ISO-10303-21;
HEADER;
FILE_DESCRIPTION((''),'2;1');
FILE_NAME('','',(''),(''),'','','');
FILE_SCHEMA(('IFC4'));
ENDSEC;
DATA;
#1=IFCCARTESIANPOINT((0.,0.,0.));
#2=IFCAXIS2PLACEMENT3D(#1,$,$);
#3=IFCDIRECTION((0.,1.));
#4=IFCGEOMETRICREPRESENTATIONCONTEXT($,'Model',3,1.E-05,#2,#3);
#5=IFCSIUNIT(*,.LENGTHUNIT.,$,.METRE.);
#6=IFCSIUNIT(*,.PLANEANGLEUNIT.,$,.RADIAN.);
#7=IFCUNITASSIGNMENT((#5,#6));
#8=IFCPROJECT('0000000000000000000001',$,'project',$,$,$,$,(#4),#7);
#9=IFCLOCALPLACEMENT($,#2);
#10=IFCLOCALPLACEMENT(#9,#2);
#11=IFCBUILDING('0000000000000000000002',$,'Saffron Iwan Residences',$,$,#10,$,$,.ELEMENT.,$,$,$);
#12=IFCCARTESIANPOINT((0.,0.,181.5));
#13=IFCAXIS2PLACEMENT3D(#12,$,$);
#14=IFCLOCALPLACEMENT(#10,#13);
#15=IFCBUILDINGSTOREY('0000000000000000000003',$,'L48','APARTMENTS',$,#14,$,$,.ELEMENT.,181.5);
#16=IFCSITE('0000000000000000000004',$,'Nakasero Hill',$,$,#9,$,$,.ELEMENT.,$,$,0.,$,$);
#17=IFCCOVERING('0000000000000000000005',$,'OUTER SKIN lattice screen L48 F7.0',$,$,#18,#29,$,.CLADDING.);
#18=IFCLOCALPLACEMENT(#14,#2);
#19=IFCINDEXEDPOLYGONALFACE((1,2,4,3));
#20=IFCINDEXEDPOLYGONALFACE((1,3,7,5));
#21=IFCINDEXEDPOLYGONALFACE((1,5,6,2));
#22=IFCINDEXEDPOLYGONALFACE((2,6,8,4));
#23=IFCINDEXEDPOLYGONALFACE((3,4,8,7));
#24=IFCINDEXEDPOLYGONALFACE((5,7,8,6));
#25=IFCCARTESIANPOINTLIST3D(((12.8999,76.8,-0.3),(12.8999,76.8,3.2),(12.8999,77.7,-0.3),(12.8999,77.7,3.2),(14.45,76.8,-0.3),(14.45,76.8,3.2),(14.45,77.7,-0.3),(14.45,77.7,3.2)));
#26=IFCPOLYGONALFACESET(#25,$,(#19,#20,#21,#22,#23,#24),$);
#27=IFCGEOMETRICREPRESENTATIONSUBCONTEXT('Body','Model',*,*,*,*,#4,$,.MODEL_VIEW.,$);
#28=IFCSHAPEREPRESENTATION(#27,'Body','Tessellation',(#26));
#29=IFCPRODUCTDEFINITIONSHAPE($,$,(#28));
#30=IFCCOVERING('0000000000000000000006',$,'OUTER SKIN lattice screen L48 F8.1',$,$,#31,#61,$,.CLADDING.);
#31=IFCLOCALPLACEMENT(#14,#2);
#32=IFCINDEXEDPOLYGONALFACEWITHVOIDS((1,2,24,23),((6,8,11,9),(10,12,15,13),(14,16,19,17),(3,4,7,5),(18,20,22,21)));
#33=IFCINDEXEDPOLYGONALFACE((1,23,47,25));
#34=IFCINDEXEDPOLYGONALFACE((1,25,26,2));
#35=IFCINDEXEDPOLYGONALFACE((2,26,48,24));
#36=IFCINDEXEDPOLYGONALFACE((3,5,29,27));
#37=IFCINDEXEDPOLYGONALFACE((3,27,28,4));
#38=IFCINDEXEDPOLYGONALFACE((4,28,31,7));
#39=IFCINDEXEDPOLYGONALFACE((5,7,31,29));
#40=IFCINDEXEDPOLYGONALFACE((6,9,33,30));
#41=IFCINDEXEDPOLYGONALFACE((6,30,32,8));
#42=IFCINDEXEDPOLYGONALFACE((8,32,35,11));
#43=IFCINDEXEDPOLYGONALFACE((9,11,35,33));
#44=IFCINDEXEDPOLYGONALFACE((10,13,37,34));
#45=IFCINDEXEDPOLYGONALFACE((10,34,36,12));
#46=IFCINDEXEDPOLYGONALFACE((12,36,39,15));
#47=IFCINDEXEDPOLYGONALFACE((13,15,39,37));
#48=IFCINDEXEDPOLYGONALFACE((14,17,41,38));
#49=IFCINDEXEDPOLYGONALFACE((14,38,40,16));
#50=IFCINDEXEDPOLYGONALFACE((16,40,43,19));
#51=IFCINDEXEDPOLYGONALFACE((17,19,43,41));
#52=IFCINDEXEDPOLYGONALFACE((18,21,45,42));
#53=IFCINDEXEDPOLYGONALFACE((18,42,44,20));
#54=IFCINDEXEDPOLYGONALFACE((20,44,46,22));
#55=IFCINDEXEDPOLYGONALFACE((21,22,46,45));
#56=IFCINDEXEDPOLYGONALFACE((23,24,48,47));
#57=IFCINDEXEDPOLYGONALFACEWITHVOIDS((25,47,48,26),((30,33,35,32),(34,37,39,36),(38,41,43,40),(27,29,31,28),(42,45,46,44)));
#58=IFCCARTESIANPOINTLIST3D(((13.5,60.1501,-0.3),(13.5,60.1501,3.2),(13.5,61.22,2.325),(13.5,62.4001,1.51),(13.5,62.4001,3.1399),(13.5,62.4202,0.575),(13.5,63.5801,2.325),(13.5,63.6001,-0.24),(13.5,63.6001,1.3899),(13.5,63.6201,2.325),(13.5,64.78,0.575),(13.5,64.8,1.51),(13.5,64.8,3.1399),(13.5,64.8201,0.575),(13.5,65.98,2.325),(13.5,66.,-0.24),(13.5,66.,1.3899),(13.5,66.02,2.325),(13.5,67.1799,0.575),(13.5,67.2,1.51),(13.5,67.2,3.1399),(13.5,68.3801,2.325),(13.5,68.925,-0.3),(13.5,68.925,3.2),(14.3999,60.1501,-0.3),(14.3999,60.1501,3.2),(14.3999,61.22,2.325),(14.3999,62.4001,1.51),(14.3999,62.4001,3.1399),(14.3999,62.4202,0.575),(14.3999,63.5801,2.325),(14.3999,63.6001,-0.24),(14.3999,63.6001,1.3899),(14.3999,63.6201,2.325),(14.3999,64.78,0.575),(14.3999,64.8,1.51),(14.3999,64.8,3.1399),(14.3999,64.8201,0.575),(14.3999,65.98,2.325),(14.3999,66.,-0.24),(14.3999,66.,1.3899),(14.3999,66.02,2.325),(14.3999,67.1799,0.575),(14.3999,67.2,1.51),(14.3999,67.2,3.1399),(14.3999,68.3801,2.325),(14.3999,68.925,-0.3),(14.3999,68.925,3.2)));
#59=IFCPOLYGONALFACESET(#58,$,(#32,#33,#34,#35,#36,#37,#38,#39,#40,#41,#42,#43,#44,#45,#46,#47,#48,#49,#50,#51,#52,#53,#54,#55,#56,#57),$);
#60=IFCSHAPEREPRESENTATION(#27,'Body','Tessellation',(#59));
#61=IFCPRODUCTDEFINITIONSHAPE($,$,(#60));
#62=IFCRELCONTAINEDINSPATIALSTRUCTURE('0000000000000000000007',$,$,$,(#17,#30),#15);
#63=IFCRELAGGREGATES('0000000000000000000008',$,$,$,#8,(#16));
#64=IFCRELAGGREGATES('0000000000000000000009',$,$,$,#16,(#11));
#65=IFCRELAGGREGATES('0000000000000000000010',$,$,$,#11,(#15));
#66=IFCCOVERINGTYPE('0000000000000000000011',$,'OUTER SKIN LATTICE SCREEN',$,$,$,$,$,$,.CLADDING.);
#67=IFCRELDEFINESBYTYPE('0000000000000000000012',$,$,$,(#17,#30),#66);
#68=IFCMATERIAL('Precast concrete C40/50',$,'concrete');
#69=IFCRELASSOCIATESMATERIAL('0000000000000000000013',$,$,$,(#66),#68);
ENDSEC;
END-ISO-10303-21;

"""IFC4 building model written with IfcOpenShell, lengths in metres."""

from ifc_helpers import new_model, si_unit, direction, frame, origin, place, context, subcontext, project, spatial, polyline, outline, extrude, material, type_object, element, save


model = new_model("IFC4")

# Units and contexts
model_context = context("Model", 3, precision=1e-05, world=origin(), true_north=direction((0.0, 1.0)))
body_context = subcontext(model_context, "Body", "Model", "MODEL_VIEW")
ifc_project = project(units=[si_unit("LENGTHUNIT", "METRE"), si_unit("PLANEANGLEUNIT", "RADIAN")], contexts=[model_context])

# Site, building, storey
site_placement = place(None, origin())
site = spatial("IfcSite", under=ifc_project, at=site_placement, Name="Nakasero Hill", CompositionType="ELEMENT", RefElevation=0.0)
building_placement = place(site_placement, origin())
building = spatial("IfcBuilding", under=site, at=building_placement, Name="Saffron Iwan Residences", CompositionType="ELEMENT")
storey_placement = place(building_placement, frame((0.0, 0.0, 181.5)))
storey = spatial("IfcBuildingStorey", under=building, at=storey_placement, Name="L48", Description="APARTMENTS", CompositionType="ELEMENT", Elevation=181.5)

# Coverings
ifc_material_1 = material(Name="Precast concrete C40/50", Category="concrete")
covering_type = type_object("IfcCoveringType", Name="OUTER SKIN LATTICE SCREEN", PredefinedType="CLADDING", material=ifc_material_1)
covering_1_placement = place(storey_placement, frame((14.45, 76.8, -0.3), z_axis=(0.0, 1.0, 0.0), x_axis=(-1.0, 0.0, 0.0)))
element("IfcCovering", 1, at=covering_1_placement, inside=storey, type_object=covering_type, Name="OUTER SKIN lattice screen L48 F7.0", PredefinedType="CLADDING", context=body_context, shape_type="SweptSolid", body=[
    extrude(outline(polyline([(0.0, 0.0), (1.55, 0.0), (1.55, 3.5), (0.0, 3.5), (0.0, 0.0)])), origin(), (0.0, 0.0, 1.0), 0.8999),
])
covering_2_placement = place(storey_placement, frame((14.3999, 68.925, -0.3), z_axis=(-1.0, 0.0, 0.0), x_axis=(0.0, -1.0, 0.0)))
element("IfcCovering", 2, at=covering_2_placement, inside=storey, type_object=covering_type, Name="OUTER SKIN lattice screen L48 F8.1", PredefinedType="CLADDING", context=body_context, shape_type="SweptSolid", body=[
    extrude(outline(polyline([(0.0, 0.0), (8.7749, 0.0), (8.7749, 3.5), (0.0, 3.5), (0.0, 0.0)]), holes=[polyline([(1.7451, 0.875), (2.925, 0.0601), (4.105, 0.875), (2.925, 1.6899), (1.7451, 0.875)]), polyline([(4.145, 0.875), (5.325, 0.0601), (6.5049, 0.875), (5.325, 1.6899), (4.145, 0.875)]), polyline([(0.5449, 2.625), (1.7251, 1.8101), (2.905, 2.625), (1.7251, 3.4399), (0.5449, 2.625)]), polyline([(2.9451, 2.625), (4.125, 1.8101), (5.3049, 2.625), (4.125, 3.4399), (2.9451, 2.625)]), polyline([(5.345, 2.625), (6.5249, 1.8101), (7.7051, 2.625), (6.5249, 3.4399), (5.345, 2.625)])]), origin(), (0.0, 0.0, 1.0), 0.8999),
])

save(model, "model.ifc")
